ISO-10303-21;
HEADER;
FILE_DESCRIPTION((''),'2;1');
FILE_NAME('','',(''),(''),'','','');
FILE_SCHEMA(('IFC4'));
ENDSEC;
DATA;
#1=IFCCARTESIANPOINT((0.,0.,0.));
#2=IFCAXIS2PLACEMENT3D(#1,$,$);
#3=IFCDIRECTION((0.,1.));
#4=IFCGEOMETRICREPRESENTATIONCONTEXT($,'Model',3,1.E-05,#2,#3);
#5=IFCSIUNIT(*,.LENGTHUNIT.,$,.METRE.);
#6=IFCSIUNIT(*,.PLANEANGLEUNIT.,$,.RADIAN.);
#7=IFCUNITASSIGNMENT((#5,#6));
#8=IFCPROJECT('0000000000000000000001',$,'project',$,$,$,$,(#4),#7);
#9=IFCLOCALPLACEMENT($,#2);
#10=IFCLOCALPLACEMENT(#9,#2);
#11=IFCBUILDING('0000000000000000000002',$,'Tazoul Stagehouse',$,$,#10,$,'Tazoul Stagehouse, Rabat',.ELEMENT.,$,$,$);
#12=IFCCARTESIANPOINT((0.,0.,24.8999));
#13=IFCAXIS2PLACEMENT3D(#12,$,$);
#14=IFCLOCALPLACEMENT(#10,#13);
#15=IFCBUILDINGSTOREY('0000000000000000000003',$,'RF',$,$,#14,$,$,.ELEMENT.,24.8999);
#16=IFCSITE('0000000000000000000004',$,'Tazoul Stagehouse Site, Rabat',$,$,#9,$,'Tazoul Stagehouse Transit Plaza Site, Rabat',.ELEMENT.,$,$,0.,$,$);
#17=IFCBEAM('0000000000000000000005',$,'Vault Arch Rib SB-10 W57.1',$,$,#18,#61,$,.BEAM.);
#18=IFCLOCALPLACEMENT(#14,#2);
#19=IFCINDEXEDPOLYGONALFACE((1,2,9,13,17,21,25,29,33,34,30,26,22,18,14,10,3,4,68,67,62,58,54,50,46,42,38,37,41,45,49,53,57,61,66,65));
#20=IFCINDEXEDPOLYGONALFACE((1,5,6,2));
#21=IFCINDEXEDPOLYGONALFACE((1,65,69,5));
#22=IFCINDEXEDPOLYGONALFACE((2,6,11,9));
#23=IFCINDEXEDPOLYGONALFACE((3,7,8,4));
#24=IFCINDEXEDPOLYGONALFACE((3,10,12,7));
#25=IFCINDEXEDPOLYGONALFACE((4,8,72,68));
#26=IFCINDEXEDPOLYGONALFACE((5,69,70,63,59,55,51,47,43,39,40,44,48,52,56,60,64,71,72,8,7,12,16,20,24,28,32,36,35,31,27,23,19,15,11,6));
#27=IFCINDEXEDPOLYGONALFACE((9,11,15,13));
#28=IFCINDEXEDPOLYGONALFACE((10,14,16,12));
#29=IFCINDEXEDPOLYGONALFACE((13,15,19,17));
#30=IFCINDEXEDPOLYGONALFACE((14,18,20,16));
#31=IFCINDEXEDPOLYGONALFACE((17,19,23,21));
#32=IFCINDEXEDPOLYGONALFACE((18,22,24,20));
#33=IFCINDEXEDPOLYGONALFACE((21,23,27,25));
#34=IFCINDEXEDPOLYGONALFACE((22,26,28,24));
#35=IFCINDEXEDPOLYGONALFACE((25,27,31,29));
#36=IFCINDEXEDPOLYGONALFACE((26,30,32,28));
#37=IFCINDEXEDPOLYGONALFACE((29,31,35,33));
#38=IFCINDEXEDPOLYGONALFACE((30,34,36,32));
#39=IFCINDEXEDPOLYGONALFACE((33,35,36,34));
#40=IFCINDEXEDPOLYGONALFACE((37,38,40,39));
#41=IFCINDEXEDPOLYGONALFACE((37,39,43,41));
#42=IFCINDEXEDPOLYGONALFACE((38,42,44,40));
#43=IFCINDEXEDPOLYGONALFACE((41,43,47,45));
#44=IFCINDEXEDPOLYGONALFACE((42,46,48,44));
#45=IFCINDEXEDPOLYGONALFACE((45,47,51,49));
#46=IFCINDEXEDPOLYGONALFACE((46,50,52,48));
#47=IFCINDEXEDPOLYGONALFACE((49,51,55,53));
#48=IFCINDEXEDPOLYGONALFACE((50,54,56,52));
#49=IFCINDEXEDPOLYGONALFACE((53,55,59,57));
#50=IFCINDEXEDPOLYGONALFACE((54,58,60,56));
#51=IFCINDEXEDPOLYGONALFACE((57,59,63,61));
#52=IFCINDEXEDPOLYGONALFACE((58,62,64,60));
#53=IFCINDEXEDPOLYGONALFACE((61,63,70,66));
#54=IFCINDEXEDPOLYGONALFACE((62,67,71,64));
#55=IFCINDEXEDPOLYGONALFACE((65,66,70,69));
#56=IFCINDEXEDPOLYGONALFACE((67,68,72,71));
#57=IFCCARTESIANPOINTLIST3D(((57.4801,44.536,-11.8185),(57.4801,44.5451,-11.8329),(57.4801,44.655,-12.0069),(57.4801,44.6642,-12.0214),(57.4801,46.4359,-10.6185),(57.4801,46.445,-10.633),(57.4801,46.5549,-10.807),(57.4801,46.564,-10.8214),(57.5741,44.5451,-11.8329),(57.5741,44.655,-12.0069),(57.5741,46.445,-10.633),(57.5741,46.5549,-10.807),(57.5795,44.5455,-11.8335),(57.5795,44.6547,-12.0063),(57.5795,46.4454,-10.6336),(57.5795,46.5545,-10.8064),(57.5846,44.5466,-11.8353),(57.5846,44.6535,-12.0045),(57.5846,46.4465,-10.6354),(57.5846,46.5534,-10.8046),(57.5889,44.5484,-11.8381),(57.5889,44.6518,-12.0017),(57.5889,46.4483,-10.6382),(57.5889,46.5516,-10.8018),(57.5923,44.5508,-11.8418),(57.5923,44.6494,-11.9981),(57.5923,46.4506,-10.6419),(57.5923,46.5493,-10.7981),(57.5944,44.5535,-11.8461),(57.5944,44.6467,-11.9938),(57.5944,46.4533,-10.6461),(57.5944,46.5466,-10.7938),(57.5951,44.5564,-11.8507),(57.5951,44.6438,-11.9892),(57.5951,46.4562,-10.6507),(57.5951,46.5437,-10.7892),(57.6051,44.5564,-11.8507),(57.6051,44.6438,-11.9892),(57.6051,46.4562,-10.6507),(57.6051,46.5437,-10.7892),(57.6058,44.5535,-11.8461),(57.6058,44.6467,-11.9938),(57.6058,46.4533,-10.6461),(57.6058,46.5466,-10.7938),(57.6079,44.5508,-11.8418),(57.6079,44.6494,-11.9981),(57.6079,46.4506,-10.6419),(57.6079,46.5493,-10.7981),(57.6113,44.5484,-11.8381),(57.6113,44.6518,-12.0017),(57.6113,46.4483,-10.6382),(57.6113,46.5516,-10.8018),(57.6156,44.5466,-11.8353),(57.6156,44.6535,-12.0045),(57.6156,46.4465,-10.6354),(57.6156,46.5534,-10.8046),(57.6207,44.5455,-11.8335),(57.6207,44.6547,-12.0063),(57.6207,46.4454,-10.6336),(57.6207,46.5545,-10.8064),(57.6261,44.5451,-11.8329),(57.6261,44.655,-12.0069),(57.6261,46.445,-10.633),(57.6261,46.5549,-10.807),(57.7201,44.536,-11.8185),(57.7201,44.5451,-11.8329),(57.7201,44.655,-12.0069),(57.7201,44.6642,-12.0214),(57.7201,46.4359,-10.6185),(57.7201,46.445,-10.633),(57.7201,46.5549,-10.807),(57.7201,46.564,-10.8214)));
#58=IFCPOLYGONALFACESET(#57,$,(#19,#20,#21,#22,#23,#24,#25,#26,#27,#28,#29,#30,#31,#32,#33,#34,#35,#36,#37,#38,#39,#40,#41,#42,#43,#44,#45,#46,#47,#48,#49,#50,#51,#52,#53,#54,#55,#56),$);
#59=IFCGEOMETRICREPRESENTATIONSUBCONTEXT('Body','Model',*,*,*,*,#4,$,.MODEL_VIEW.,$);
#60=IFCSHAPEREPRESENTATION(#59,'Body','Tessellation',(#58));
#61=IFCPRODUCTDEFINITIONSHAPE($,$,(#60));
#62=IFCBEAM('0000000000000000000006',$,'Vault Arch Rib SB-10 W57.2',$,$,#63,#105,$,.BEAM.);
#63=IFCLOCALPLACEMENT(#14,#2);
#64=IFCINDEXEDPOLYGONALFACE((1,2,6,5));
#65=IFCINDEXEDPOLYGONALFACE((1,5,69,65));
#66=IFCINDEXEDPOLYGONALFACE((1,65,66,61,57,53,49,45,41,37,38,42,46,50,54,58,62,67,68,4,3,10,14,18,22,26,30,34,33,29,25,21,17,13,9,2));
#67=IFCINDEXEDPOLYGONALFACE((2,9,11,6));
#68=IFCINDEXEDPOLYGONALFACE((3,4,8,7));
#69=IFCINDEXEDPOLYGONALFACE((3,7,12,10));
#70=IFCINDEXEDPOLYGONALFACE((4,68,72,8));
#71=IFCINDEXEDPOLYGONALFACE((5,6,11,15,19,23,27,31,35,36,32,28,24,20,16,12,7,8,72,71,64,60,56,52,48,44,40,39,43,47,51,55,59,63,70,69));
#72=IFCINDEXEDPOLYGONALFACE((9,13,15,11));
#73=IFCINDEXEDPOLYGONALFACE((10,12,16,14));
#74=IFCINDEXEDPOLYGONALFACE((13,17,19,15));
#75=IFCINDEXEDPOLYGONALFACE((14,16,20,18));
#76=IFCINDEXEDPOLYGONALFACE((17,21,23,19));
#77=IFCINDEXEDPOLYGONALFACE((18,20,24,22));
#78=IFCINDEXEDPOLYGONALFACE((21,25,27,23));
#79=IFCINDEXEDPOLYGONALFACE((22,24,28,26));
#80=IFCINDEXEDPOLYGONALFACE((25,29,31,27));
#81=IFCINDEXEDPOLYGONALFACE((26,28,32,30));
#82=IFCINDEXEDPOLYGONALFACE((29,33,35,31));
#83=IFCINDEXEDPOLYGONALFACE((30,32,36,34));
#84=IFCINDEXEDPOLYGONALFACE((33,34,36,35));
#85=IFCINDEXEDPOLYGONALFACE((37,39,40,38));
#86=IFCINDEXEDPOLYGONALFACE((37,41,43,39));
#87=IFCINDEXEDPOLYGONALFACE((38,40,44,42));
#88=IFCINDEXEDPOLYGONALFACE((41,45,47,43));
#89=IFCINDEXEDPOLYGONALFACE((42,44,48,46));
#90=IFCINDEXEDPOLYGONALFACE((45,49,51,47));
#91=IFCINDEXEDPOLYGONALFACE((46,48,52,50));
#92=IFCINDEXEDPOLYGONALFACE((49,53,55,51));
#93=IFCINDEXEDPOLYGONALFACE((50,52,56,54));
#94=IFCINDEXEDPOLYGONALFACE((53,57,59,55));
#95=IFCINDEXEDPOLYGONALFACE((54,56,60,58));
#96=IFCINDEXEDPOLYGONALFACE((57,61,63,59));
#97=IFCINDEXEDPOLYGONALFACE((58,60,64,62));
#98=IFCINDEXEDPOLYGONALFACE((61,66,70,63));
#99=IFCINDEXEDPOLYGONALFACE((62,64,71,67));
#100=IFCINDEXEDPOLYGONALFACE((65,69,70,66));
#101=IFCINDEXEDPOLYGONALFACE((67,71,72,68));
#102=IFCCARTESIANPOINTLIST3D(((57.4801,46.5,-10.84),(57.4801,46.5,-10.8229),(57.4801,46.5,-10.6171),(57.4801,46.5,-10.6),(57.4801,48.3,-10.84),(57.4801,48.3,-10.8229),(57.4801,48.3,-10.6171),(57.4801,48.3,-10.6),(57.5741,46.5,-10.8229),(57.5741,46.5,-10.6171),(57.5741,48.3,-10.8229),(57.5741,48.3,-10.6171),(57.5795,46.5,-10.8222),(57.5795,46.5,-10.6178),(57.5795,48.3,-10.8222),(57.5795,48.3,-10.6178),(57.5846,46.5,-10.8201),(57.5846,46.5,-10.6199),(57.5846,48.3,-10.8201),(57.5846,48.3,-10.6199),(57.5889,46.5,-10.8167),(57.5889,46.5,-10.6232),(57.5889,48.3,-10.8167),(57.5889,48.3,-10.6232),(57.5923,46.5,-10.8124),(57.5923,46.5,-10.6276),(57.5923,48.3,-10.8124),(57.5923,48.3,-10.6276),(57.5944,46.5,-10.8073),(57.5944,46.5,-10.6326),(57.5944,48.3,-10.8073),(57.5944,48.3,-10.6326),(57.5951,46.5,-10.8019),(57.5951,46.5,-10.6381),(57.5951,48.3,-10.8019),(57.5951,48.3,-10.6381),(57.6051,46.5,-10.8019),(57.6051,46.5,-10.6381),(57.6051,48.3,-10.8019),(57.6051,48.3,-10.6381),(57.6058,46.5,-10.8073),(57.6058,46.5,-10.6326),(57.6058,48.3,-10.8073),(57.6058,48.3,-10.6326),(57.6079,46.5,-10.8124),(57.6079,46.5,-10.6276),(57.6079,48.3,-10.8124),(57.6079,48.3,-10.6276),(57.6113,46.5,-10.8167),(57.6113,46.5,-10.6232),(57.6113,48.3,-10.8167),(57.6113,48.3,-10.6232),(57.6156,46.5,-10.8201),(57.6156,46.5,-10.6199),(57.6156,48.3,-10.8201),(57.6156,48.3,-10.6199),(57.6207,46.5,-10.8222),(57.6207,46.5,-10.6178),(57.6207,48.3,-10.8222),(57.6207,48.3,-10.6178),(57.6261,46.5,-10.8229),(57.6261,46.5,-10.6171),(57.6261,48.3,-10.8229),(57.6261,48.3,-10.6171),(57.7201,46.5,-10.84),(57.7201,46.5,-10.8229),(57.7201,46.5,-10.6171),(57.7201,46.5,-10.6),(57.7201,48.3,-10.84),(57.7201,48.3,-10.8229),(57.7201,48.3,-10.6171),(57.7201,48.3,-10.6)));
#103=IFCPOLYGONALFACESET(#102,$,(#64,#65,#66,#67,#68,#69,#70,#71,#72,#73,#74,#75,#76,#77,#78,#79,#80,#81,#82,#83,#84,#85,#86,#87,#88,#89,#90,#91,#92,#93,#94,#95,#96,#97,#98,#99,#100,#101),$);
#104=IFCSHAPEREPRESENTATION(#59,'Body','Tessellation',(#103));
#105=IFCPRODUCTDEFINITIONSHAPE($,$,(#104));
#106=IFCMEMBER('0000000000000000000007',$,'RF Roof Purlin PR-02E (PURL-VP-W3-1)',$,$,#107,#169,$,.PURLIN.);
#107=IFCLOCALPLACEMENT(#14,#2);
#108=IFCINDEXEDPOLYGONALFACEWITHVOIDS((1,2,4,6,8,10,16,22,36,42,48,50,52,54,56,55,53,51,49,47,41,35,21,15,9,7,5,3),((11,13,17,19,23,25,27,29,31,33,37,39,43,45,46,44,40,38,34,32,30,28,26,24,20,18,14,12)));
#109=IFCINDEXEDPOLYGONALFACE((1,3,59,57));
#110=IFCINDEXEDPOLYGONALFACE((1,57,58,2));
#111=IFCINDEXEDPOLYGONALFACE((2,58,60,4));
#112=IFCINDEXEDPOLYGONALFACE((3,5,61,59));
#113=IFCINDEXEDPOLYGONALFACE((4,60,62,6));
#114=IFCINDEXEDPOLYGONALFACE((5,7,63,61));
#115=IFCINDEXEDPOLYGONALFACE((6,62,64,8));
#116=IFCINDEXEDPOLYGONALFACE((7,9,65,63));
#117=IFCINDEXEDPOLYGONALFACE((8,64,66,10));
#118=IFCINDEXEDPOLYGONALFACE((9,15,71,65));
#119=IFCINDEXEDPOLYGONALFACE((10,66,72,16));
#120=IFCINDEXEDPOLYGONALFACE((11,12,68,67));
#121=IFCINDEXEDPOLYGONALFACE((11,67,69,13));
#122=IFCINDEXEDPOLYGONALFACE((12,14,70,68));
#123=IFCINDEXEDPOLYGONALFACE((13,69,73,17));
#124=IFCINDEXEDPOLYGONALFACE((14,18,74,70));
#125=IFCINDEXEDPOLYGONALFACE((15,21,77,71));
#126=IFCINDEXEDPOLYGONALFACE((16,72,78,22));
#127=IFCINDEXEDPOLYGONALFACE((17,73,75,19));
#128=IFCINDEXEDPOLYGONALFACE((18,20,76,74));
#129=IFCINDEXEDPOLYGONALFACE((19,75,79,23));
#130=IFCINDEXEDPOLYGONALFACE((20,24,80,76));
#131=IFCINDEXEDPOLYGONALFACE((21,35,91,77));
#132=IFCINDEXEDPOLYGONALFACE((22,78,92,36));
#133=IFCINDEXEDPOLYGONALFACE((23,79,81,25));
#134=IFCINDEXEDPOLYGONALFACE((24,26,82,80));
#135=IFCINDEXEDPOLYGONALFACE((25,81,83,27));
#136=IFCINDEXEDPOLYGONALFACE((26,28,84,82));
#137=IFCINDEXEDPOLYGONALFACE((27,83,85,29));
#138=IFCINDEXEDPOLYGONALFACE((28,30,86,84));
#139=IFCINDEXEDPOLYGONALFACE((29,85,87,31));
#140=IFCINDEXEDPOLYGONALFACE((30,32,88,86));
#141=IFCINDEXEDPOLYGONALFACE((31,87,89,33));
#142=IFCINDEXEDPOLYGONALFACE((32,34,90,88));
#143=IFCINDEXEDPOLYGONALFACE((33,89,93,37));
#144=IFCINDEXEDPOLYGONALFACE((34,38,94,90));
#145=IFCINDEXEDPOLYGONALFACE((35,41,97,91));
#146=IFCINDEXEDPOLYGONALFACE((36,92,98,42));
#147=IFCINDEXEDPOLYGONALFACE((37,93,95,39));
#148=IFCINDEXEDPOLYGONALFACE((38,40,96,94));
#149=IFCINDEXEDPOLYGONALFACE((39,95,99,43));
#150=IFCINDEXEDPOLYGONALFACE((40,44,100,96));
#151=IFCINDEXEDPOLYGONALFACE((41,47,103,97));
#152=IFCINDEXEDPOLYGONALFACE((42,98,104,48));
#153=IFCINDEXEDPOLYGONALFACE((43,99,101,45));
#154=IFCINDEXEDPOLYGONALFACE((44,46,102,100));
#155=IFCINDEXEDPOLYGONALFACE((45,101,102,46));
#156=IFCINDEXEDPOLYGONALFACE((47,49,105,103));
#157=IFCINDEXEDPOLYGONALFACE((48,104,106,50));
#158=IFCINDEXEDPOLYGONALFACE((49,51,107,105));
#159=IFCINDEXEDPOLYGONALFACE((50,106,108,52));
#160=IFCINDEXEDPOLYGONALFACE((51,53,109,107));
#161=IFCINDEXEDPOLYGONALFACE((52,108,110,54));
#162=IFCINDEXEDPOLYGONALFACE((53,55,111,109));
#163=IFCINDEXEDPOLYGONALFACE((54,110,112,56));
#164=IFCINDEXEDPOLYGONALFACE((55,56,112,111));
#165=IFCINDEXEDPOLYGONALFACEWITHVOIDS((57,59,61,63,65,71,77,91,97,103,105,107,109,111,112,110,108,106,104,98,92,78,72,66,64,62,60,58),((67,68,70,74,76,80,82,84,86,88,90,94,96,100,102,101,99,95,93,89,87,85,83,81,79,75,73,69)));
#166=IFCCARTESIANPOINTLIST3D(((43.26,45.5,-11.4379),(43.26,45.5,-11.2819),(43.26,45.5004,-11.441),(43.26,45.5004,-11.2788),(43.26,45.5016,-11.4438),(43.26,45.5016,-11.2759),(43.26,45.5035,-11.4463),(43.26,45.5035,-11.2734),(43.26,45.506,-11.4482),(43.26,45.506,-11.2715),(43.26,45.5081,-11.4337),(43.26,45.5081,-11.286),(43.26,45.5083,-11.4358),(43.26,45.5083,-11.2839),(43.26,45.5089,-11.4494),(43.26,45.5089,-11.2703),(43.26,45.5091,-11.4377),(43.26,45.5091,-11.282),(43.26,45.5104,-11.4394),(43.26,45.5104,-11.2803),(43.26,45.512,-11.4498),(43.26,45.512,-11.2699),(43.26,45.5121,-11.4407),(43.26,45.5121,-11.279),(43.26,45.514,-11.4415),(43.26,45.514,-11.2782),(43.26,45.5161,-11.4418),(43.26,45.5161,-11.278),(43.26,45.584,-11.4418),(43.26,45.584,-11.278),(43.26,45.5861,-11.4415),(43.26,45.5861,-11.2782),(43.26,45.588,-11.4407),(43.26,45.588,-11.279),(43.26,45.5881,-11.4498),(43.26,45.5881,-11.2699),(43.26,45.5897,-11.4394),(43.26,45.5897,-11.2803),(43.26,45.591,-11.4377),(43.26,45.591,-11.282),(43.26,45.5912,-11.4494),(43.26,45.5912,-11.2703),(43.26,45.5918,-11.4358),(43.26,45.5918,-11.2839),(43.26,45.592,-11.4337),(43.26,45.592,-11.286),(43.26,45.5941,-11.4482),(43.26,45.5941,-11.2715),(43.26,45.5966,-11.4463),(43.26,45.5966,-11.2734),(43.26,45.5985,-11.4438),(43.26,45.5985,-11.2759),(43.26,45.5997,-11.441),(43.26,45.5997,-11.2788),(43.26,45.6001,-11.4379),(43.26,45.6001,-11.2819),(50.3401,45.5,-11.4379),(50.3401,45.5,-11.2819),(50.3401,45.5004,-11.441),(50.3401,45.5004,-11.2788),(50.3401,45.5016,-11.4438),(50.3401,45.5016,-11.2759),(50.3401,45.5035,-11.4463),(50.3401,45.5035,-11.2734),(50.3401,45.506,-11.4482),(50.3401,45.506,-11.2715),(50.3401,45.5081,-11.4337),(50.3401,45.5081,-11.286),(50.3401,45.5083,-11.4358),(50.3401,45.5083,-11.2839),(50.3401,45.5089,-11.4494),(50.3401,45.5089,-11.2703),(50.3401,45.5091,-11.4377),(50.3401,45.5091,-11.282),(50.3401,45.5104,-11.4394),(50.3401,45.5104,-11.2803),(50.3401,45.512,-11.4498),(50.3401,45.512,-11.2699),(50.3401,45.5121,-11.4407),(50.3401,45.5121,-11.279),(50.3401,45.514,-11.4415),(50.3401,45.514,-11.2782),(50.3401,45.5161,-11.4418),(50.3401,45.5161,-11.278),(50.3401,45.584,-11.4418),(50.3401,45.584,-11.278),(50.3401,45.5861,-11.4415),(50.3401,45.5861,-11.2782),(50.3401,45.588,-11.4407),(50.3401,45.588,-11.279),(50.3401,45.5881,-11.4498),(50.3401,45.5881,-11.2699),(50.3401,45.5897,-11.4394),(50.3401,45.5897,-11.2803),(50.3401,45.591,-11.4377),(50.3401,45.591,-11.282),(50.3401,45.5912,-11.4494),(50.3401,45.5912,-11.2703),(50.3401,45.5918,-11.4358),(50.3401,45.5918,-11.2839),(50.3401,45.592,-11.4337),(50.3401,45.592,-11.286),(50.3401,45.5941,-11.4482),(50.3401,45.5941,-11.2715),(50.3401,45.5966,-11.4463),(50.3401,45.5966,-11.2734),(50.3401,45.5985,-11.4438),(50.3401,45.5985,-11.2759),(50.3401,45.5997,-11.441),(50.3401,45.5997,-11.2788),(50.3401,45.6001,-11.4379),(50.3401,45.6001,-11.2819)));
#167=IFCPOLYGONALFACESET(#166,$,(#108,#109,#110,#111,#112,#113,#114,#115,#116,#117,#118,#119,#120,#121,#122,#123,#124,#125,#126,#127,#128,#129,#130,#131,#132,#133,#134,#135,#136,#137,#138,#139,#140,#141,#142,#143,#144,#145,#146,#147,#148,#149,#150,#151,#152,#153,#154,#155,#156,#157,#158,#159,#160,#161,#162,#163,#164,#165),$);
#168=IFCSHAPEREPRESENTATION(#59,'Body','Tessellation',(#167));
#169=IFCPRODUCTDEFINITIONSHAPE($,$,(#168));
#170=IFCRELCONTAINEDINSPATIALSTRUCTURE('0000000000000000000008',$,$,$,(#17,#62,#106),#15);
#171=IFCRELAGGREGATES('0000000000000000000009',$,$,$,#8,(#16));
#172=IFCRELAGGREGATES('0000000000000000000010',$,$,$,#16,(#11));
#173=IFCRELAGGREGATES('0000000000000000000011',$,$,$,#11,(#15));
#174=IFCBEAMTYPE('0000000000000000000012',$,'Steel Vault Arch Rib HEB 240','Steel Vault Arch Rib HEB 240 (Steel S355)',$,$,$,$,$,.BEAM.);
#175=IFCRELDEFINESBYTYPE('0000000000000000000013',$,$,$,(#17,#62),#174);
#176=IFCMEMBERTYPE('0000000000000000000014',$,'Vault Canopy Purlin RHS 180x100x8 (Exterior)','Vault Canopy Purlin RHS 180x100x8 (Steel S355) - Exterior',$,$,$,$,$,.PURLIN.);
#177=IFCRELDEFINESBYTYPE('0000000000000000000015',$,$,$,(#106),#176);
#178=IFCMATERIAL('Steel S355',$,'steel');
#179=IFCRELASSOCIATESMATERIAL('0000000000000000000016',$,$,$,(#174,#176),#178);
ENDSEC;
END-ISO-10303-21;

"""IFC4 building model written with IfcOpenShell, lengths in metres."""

from ifc_helpers import new_model, si_unit, direction, frame, origin, origin_2d, place, context, subcontext, project, spatial, hollow_rectangle, i_section, extrude, material, material_profile, profile_set, type_object, element, save


model = new_model("IFC4")

# Units and contexts
model_context = context("Model", 3, precision=1e-05, world=origin(), true_north=direction((0.0, 1.0)))
body_context = subcontext(model_context, "Body", "Model", "MODEL_VIEW")
ifc_project = project(units=[si_unit("LENGTHUNIT", "METRE"), si_unit("PLANEANGLEUNIT", "RADIAN")], contexts=[model_context])

# Site, building, storey
site_placement = place(None, origin())
site = spatial("IfcSite", under=ifc_project, at=site_placement, Name="Tazoul Stagehouse Site, Rabat", LongName="Tazoul Stagehouse Transit Plaza Site, Rabat", CompositionType="ELEMENT", RefElevation=0.0)
building_placement = place(site_placement, origin())
building = spatial("IfcBuilding", under=site, at=building_placement, Name="Tazoul Stagehouse", LongName="Tazoul Stagehouse, Rabat", CompositionType="ELEMENT")
storey_placement = place(building_placement, frame((0.0, 0.0, 24.8999)))
storey = spatial("IfcBuildingStorey", under=building, at=storey_placement, Name="RF", CompositionType="ELEMENT", Elevation=24.8999)

# Shared definitions
ifc_material_1 = material(Name="Steel S355", Category="steel")

# Beams
ifc_material_profile_1 = material_profile(ifc_material_1, i_section(OverallWidth=0.24, OverallDepth=0.24, WebThickness=0.01, FlangeThickness=0.0171, FilletRadius=0.021, at=origin_2d()), Name="HEB 240")
ifc_profile_set_1 = profile_set([ifc_material_profile_1], Name="Steel S355")
beam_type = type_object("IfcBeamType", Name="Steel Vault Arch Rib HEB 240", Description="Steel Vault Arch Rib HEB 240 (Steel S355)", PredefinedType="BEAM", material=ifc_profile_set_1)
beam_1_placement = place(storey_placement, frame((57.6001, 44.6001, -11.9199), z_axis=(0.0, 0.845486, 0.533997), x_axis=(-1.0, 0.0, 0.0)))
element("IfcBeam", 1, at=beam_1_placement, inside=storey, type_object=beam_type, Name="Vault Arch Rib SB-10 W57.1", PredefinedType="BEAM", context=body_context, shape_type="SweptSolid", body=[
    extrude(i_section(OverallWidth=0.24, OverallDepth=0.24, WebThickness=0.01, FlangeThickness=0.0171, FilletRadius=0.021, at=origin_2d()), origin(), (0.0, 0.0, 1.0), 2.2471),
])
beam_2_placement = place(storey_placement, frame((57.6001, 46.5, -10.72), z_axis=(0.0, 1.0, 0.0), x_axis=(-1.0, 0.0, 0.0)))
element("IfcBeam", 2, at=beam_2_placement, inside=storey, type_object=beam_type, Name="Vault Arch Rib SB-10 W57.2", PredefinedType="BEAM", context=body_context, shape_type="SweptSolid", body=[
    extrude(i_section(OverallWidth=0.24, OverallDepth=0.24, WebThickness=0.01, FlangeThickness=0.0171, FilletRadius=0.021, at=origin_2d()), origin(), (0.0, 0.0, 1.0), 1.8),
])

# Member
ifc_material_profile_2 = material_profile(ifc_material_1, hollow_rectangle(XDim=0.1001, YDim=0.1799, WallThickness=0.0081, InnerFilletRadius=0.0081, OuterFilletRadius=0.012, at=origin_2d()), Name="RHS 180x100x8")
ifc_profile_set_2 = profile_set([ifc_material_profile_2], Name="Steel S355")
member_type_1 = type_object("IfcMemberType", Name="Vault Canopy Purlin RHS 180x100x8 (Exterior)", Description="Vault Canopy Purlin RHS 180x100x8 (Steel S355) - Exterior", PredefinedType="PURLIN", material=ifc_profile_set_2)
for number, where, z_axis, x_axis, name in (
    (3, (43.26, 45.55, -11.3599), (1.0, 0.0, 0.0), (0.0, 1.0, 0.0), "RF Roof Purlin PR-02E (PURL-VP-W3-1)"),
):
    element("IfcMember", number, at=place(storey_placement, frame(where, z_axis=z_axis, x_axis=x_axis)), inside=storey, type_object=member_type_1, Name=name, PredefinedType="PURLIN", context=body_context, shape_type="SweptSolid", body=[
        extrude(hollow_rectangle(XDim=0.1001, YDim=0.1799, WallThickness=0.0081, InnerFilletRadius=0.0081, OuterFilletRadius=0.012, at=origin_2d()), origin(), (0.0, 0.0, 1.0), 7.0801),
    ])

save(model, "model.ifc")
